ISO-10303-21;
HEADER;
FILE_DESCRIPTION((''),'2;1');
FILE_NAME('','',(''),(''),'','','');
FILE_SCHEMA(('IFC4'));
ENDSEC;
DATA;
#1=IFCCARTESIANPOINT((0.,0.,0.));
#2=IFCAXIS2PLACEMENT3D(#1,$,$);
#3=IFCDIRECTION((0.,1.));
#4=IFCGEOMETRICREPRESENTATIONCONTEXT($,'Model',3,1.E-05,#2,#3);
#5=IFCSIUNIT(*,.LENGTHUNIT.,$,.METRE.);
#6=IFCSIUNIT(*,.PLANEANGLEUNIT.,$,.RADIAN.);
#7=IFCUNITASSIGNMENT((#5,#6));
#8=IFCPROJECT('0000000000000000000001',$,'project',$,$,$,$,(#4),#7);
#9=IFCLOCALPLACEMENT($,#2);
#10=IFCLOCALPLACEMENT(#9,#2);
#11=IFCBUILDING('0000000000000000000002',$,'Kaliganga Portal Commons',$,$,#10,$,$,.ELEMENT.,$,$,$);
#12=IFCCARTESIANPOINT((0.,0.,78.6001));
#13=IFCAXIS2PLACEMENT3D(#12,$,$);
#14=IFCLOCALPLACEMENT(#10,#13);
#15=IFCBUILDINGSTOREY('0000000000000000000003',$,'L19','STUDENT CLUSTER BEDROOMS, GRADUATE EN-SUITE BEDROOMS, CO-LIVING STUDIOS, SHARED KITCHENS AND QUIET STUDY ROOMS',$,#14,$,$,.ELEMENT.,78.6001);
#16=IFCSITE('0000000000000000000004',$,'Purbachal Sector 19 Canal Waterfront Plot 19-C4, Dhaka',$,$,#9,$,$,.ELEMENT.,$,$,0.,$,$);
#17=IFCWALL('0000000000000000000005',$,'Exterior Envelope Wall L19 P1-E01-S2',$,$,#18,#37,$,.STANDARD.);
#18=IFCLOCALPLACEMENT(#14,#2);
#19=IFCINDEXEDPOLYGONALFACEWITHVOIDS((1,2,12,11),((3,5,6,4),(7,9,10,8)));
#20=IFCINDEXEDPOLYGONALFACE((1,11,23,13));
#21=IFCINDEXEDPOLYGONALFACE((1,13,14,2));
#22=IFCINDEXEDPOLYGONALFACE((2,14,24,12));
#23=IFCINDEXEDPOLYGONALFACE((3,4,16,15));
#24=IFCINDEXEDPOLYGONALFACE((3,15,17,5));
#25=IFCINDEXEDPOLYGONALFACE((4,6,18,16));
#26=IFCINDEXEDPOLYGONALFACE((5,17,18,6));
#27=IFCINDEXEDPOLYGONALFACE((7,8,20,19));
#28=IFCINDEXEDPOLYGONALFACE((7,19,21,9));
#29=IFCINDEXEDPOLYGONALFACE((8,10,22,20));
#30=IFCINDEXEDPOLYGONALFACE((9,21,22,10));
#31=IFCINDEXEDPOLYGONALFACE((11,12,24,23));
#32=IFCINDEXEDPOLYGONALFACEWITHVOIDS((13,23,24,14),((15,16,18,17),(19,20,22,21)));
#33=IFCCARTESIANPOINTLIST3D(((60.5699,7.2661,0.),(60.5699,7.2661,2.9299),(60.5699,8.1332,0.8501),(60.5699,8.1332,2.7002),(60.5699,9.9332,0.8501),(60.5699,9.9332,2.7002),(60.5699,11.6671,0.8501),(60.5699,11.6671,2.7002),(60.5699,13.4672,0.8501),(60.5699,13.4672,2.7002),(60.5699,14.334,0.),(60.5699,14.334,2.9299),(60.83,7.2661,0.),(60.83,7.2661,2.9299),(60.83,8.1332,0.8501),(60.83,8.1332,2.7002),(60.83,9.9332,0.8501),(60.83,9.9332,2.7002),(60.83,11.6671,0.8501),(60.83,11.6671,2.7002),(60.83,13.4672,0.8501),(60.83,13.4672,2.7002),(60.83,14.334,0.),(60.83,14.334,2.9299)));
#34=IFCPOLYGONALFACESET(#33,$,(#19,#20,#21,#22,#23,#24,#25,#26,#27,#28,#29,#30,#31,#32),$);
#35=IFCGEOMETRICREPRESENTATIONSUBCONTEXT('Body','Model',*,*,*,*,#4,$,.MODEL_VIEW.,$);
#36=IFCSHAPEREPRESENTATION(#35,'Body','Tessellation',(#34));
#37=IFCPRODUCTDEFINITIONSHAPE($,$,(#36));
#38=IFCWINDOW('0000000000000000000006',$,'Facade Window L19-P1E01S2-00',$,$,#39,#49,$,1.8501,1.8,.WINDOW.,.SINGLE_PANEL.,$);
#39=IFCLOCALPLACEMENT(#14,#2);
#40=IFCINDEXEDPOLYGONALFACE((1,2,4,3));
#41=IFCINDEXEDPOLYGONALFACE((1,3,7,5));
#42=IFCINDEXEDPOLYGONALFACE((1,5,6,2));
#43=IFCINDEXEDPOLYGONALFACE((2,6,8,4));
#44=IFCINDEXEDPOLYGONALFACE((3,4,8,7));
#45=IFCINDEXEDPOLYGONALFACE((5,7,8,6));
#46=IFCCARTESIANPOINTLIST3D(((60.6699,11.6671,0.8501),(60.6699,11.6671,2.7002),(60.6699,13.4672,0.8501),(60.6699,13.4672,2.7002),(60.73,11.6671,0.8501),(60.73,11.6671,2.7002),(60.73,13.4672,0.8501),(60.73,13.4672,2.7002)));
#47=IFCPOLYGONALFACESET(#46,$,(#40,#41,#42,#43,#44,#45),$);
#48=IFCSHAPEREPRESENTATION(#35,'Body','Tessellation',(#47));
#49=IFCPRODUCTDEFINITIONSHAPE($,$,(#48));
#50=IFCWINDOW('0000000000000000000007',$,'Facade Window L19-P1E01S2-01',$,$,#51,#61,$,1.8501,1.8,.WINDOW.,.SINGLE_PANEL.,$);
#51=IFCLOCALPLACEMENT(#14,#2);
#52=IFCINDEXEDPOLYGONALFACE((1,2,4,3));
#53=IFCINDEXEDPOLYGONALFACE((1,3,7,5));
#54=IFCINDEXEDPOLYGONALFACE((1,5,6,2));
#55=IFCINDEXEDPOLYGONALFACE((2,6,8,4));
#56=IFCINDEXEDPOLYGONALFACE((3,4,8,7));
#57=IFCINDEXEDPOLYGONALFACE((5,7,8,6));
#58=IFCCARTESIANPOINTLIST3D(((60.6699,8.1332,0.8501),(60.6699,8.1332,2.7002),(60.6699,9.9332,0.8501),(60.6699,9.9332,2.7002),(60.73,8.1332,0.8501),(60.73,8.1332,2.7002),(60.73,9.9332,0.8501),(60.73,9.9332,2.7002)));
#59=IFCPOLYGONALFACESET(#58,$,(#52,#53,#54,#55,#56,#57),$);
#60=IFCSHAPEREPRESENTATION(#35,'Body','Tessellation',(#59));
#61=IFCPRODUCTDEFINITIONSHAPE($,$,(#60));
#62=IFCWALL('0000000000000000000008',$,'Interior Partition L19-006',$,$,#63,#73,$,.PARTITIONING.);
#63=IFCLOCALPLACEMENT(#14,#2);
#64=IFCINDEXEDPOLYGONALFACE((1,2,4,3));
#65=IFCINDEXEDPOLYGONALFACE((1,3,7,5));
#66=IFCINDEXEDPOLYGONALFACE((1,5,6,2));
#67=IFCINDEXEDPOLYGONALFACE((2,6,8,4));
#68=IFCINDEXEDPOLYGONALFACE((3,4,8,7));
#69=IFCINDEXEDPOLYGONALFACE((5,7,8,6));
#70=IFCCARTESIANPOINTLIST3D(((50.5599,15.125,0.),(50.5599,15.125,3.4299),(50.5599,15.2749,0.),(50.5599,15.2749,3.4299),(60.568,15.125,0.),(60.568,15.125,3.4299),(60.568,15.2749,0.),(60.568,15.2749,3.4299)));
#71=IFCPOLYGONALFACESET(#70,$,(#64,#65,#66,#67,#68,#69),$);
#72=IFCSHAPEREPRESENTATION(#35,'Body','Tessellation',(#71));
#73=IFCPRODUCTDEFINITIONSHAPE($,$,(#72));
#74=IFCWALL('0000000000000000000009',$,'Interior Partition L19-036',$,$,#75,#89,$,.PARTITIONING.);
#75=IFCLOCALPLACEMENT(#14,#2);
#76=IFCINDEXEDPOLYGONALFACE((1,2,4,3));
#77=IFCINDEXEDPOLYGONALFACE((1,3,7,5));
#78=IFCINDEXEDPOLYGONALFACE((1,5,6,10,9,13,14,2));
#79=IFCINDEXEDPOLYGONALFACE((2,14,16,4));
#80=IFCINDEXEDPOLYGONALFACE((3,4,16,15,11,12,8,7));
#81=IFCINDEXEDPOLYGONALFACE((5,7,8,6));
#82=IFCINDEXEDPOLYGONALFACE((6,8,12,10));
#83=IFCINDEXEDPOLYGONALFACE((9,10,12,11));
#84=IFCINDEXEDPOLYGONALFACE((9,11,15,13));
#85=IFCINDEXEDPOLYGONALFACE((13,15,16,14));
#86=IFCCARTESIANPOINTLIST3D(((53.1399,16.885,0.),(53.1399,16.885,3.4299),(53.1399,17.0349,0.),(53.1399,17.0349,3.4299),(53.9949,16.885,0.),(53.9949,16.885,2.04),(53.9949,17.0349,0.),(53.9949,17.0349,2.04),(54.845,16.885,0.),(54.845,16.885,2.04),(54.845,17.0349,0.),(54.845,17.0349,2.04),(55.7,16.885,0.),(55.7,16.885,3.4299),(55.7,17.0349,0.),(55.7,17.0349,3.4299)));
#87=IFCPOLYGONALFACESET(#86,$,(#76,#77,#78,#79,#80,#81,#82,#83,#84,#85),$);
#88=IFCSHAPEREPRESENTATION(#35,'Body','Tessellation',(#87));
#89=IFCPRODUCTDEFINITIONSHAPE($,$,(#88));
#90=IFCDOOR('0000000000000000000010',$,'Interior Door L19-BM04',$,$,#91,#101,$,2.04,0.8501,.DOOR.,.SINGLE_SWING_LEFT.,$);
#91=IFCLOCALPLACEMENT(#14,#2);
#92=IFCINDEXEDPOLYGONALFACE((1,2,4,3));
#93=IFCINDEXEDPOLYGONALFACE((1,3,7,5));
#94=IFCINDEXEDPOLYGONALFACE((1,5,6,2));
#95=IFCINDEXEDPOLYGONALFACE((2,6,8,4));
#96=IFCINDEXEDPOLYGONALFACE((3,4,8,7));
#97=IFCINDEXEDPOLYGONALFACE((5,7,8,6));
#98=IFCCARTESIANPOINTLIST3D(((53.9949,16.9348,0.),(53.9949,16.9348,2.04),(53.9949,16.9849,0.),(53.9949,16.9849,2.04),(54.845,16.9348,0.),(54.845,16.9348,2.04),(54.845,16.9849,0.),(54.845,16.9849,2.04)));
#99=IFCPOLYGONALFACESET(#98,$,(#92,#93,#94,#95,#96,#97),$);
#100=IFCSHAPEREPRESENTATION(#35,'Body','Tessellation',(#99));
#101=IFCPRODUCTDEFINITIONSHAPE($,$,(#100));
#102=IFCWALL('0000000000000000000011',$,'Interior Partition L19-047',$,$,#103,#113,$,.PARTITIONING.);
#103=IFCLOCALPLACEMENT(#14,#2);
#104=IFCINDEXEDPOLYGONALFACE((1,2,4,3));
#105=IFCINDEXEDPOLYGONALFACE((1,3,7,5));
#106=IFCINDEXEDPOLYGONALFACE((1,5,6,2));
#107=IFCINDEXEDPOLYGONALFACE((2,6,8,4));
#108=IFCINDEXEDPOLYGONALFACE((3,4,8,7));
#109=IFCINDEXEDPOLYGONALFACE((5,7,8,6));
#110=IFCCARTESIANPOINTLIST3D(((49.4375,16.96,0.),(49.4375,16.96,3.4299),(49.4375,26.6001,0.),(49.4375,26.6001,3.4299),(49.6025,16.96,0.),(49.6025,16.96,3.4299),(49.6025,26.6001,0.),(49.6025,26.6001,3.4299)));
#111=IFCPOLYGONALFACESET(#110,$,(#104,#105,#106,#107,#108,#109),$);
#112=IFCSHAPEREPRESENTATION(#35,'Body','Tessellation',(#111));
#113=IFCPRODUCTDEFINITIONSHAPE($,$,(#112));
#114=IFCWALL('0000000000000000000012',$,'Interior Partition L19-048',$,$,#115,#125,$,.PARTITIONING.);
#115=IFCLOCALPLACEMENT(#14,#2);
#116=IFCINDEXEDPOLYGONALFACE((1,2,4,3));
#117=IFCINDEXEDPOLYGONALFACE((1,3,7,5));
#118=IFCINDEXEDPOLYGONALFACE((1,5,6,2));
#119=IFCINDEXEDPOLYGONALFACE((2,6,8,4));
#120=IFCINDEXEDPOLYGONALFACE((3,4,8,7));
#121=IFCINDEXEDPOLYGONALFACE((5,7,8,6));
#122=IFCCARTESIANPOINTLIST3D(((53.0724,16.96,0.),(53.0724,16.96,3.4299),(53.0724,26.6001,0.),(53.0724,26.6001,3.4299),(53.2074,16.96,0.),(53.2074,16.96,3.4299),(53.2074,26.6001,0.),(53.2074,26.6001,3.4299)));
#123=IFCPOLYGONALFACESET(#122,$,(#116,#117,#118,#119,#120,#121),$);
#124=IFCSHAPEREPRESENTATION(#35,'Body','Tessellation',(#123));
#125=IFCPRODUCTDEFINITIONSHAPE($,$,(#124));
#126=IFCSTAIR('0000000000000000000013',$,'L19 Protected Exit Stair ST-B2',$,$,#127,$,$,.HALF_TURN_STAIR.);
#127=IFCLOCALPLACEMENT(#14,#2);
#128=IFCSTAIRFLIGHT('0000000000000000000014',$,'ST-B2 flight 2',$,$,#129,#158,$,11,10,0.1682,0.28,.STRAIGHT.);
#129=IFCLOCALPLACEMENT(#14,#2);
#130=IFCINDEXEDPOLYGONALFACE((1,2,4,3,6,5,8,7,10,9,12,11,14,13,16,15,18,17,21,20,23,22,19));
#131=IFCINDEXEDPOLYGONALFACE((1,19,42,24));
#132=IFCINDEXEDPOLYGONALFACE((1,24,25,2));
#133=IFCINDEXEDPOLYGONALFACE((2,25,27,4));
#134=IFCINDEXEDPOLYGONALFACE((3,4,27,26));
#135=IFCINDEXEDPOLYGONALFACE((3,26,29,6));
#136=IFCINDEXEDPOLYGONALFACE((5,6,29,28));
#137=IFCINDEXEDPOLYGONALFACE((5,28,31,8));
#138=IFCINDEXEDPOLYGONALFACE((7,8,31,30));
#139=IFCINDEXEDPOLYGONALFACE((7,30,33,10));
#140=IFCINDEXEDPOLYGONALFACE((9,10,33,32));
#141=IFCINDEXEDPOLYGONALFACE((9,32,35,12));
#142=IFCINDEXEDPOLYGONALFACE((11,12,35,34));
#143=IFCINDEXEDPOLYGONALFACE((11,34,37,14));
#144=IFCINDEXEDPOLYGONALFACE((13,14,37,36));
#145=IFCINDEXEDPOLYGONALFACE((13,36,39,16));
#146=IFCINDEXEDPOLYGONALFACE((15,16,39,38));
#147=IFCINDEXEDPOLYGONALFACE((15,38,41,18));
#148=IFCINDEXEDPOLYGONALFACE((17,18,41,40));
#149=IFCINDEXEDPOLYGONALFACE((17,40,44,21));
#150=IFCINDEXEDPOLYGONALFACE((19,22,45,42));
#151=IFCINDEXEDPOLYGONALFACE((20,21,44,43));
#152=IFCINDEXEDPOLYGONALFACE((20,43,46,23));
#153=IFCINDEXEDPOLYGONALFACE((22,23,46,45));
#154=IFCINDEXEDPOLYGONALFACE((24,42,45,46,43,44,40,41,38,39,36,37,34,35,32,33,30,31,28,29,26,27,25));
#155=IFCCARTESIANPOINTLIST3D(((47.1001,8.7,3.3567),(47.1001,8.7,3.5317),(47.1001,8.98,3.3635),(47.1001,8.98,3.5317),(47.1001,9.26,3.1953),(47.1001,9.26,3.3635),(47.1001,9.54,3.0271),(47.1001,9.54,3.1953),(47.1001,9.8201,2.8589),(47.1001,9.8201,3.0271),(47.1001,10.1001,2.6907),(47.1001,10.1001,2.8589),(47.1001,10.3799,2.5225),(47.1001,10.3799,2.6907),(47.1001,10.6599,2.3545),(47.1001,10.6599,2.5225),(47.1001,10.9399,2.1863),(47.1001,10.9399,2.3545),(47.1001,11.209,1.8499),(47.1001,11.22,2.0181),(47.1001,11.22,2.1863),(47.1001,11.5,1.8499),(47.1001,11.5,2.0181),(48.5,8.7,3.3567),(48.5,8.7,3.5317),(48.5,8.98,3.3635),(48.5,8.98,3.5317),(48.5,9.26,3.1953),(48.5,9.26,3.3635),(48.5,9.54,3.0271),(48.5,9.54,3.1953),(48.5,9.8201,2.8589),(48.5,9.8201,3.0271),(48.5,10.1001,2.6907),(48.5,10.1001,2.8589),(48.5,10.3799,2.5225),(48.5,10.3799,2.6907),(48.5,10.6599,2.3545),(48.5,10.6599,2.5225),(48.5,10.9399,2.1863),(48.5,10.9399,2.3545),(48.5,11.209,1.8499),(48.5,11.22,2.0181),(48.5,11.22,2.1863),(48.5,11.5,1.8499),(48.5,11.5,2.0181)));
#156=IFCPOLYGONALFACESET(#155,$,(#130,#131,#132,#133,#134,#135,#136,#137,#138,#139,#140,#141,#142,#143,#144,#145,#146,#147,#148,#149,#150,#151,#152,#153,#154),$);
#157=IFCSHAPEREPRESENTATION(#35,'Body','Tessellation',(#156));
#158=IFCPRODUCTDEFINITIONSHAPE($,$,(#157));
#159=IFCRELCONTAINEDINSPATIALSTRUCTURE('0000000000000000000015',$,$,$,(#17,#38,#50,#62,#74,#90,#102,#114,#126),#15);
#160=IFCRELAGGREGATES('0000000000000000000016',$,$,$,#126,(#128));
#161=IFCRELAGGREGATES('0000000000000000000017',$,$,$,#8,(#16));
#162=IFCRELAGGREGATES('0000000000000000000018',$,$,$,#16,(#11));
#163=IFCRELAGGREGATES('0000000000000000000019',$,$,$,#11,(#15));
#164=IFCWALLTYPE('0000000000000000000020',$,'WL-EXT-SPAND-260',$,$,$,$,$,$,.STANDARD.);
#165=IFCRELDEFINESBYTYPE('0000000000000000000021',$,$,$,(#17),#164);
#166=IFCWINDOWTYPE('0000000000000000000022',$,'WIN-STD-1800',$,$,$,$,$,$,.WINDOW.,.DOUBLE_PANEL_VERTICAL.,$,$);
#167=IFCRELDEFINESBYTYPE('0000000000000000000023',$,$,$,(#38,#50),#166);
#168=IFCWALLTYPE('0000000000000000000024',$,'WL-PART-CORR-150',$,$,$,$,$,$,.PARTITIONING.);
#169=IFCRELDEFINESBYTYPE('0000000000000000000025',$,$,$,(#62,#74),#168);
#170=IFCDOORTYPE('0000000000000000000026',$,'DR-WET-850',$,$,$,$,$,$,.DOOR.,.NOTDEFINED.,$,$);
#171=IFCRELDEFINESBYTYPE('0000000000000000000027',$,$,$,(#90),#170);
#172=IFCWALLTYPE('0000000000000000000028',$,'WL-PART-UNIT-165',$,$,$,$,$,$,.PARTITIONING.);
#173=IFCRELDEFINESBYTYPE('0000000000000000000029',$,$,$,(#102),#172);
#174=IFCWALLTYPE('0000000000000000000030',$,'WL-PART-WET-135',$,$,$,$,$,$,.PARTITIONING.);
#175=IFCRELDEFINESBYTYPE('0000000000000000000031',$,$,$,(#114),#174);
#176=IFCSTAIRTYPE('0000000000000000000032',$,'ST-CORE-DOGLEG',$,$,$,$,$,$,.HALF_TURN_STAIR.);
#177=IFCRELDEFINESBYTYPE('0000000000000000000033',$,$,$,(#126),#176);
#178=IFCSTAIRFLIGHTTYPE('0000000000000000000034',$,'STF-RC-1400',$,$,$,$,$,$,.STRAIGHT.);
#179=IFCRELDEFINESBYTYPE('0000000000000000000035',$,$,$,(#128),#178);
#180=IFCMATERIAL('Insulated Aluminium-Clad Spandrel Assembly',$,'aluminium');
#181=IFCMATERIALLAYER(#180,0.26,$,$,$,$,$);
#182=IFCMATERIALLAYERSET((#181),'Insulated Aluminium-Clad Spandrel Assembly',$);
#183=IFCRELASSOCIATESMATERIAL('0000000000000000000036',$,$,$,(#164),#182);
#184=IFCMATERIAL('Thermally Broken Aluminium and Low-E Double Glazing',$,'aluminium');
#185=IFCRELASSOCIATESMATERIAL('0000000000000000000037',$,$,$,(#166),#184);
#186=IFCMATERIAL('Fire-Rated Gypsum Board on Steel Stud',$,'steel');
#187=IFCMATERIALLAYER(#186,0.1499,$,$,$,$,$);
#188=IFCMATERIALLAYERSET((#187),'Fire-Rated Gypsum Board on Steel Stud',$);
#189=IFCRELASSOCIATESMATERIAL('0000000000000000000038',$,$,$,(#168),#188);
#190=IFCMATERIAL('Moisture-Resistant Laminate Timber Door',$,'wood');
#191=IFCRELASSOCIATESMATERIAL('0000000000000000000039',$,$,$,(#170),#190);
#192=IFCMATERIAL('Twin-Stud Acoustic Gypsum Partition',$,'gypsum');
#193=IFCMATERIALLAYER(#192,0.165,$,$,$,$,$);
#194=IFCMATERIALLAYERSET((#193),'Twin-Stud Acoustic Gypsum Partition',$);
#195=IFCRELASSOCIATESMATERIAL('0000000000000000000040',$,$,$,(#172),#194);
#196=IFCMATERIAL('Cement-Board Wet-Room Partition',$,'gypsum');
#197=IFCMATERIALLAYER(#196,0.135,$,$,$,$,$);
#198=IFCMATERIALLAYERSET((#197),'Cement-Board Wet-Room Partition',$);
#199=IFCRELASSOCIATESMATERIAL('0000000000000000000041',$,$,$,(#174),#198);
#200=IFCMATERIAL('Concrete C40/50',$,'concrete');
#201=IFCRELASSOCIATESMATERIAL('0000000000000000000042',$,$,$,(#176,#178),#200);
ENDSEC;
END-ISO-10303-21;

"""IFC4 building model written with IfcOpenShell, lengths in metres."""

from ifc_helpers import new_model, si_unit, direction, frame, frame_2d, origin, place, context, subcontext, project, spatial, polyline, rectangle, outline, extrude, material, layer, layer_set, type_object, element, fill, aggregate, save


model = new_model("IFC4")

# Units and contexts
model_context = context("Model", 3, precision=1e-05, world=origin(), true_north=direction((0.0, 1.0)))
body_context = subcontext(model_context, "Body", "Model", "MODEL_VIEW")
ifc_project = project(units=[si_unit("LENGTHUNIT", "METRE"), si_unit("PLANEANGLEUNIT", "RADIAN")], contexts=[model_context])

# Site, building, storey
site_placement = place(None, origin())
site = spatial("IfcSite", under=ifc_project, at=site_placement, Name="Purbachal Sector 19 Canal Waterfront Plot 19-C4, Dhaka", CompositionType="ELEMENT", RefElevation=0.0)
building_placement = place(site_placement, origin())
building = spatial("IfcBuilding", under=site, at=building_placement, Name="Kaliganga Portal Commons", CompositionType="ELEMENT")
storey_placement = place(building_placement, frame((0.0, 0.0, 78.6001)))
storey = spatial("IfcBuildingStorey", under=building, at=storey_placement, Name="L19", Description="STUDENT CLUSTER BEDROOMS, GRADUATE EN-SUITE BEDROOMS, CO-LIVING STUDIOS, SHARED KITCHENS AND QUIET STUDY ROOMS", CompositionType="ELEMENT", Elevation=78.6001)

# Wall, openings, windows
ifc_material_1 = material(Name="Insulated Aluminium-Clad Spandrel Assembly", Category="aluminium")
ifc_layer_1 = layer(ifc_material_1, 0.26)
ifc_layer_set_1 = layer_set([ifc_layer_1], Name="Insulated Aluminium-Clad Spandrel Assembly")
wall_type_1 = type_object("IfcWallType", Name="WL-EXT-SPAND-260", PredefinedType="STANDARD", material=ifc_layer_set_1)
wall_1_placement = place(storey_placement, frame((60.7, 14.334, 0.0), z_axis=(0.0, 0.0, 1.0), x_axis=(0.0, -1.0, 0.0)))
wall_1 = element("IfcWall", 1, at=wall_1_placement, inside=storey, type_object=wall_type_1, Name="Exterior Envelope Wall L19 P1-E01-S2", PredefinedType="STANDARD", context=body_context, shape_type="SweptSolid", body=[
    extrude(rectangle(XDim=7.0679, YDim=0.26, at=frame_2d((3.5339, 0.0))), origin(), (0.0, 0.0, 1.0), 2.9299),
])
opening_1_placement = place(wall_1_placement, frame((0.8669, 0.0, 0.8501)))
opening_1 = element("IfcOpeningElement", 2, at=opening_1_placement, cuts=wall_1, PredefinedType="OPENING", context=body_context, shape_type="SweptSolid", body=[
    extrude(rectangle(XDim=1.8, YDim=1.8501, at=frame_2d((0.8999, 0.925))), frame((0.0, 0.1401, 0.0), z_axis=(0.0, -1.0, 0.0), x_axis=(1.0, 0.0, 0.0)), (0.0, 0.0, 1.0), 0.28),
])
opening_2_placement = place(wall_1_placement, frame((4.4009, 0.0, 0.8501)))
opening_2 = element("IfcOpeningElement", 3, at=opening_2_placement, cuts=wall_1, PredefinedType="OPENING", context=body_context, shape_type="SweptSolid", body=[
    extrude(rectangle(XDim=1.8, YDim=1.8501, at=frame_2d((0.8999, 0.925))), frame((0.0, 0.1401, 0.0), z_axis=(0.0, -1.0, 0.0), x_axis=(1.0, 0.0, 0.0)), (0.0, 0.0, 1.0), 0.28),
])
ifc_material_2 = material(Name="Thermally Broken Aluminium and Low-E Double Glazing", Category="aluminium")
window_type = type_object("IfcWindowType", Name="WIN-STD-1800", PartitioningType="DOUBLE_PANEL_VERTICAL", PredefinedType="WINDOW", material=ifc_material_2)
window_1_placement = place(opening_1_placement, origin())
window_1 = element("IfcWindow", 4, at=window_1_placement, inside=storey, type_object=window_type, Name="Facade Window L19-P1E01S2-00", OverallHeight=1.8501, OverallWidth=1.8, PartitioningType="SINGLE_PANEL", PredefinedType="WINDOW", context=body_context, shape_type="SweptSolid", body=[
    extrude(rectangle(XDim=1.8, YDim=1.8501, at=frame_2d((0.8999, 0.925))), frame((0.0, 0.03, 0.0), z_axis=(0.0, -1.0, 0.0), x_axis=(1.0, 0.0, 0.0)), (0.0, 0.0, 1.0), 0.0601),
])
fill(opening_1, window_1)
window_2_placement = place(opening_2_placement, origin())
window_2 = element("IfcWindow", 5, at=window_2_placement, inside=storey, type_object=window_type, Name="Facade Window L19-P1E01S2-01", OverallHeight=1.8501, OverallWidth=1.8, PartitioningType="SINGLE_PANEL", PredefinedType="WINDOW", context=body_context, shape_type="SweptSolid", body=[
    extrude(rectangle(XDim=1.8, YDim=1.8501, at=frame_2d((0.8999, 0.925))), frame((0.0, 0.03, 0.0), z_axis=(0.0, -1.0, 0.0), x_axis=(1.0, 0.0, 0.0)), (0.0, 0.0, 1.0), 0.0601),
])
fill(opening_2, window_2)

# Wall
ifc_material_3 = material(Name="Fire-Rated Gypsum Board on Steel Stud", Category="steel")
ifc_layer_2 = layer(ifc_material_3, 0.1499)
ifc_layer_set_2 = layer_set([ifc_layer_2], Name="Fire-Rated Gypsum Board on Steel Stud")
wall_type_2 = type_object("IfcWallType", Name="WL-PART-CORR-150", PredefinedType="PARTITIONING", material=ifc_layer_set_2)
wall_2_placement = place(storey_placement, frame((50.5601, 15.2, 0.0), z_axis=(0.0, 0.0, 1.0), x_axis=(1.0, 0.0, 0.0)))
element("IfcWall", 6, at=wall_2_placement, inside=storey, type_object=wall_type_2, Name="Interior Partition L19-006", PredefinedType="PARTITIONING", context=body_context, shape_type="SweptSolid", body=[
    extrude(rectangle(XDim=10.0081, YDim=0.1499, at=frame_2d((5.0039, 0.0))), origin(), (0.0, 0.0, 1.0), 3.4299),
])

# Wall, opening, door
wall_3_placement = place(storey_placement, frame((53.1399, 16.96, 0.0), z_axis=(0.0, 0.0, 1.0), x_axis=(1.0, 0.0, 0.0)))
wall_3 = element("IfcWall", 7, at=wall_3_placement, inside=storey, type_object=wall_type_2, Name="Interior Partition L19-036", PredefinedType="PARTITIONING", context=body_context, shape_type="SweptSolid", body=[
    extrude(rectangle(XDim=2.5601, YDim=0.1499, at=frame_2d((1.28, 0.0))), origin(), (0.0, 0.0, 1.0), 3.4299),
])
opening_3_placement = place(wall_3_placement, frame((0.855, 0.0, 0.0)))
opening_3 = element("IfcOpeningElement", 8, at=opening_3_placement, cuts=wall_3, PredefinedType="OPENING", context=body_context, shape_type="SweptSolid", body=[
    extrude(rectangle(XDim=0.8501, YDim=2.04, at=frame_2d((0.425, 1.02))), frame((0.0, 0.085, 0.0), z_axis=(0.0, -1.0, 0.0), x_axis=(1.0, 0.0, 0.0)), (0.0, 0.0, 1.0), 0.1699),
])
ifc_material_4 = material(Name="Moisture-Resistant Laminate Timber Door", Category="wood")
door_type_1 = type_object("IfcDoorType", Name="DR-WET-850", OperationType="NOTDEFINED", PredefinedType="DOOR", material=ifc_material_4)
door_1_placement = place(opening_3_placement, origin())
door_1 = element("IfcDoor", 9, at=door_1_placement, inside=storey, type_object=door_type_1, Name="Interior Door L19-BM04", OperationType="SINGLE_SWING_LEFT", OverallHeight=2.04, OverallWidth=0.8501, PredefinedType="DOOR", context=body_context, shape_type="SweptSolid", body=[
    extrude(rectangle(XDim=0.8501, YDim=2.04, at=frame_2d((0.425, 1.02))), frame((0.0, 0.0249, 0.0), z_axis=(0.0, -1.0, 0.0), x_axis=(1.0, 0.0, 0.0)), (0.0, 0.0, 1.0), 0.05),
])
fill(opening_3, door_1)

# Walls
ifc_material_5 = material(Name="Twin-Stud Acoustic Gypsum Partition", Category="gypsum")
ifc_layer_3 = layer(ifc_material_5, 0.165)
ifc_layer_set_3 = layer_set([ifc_layer_3], Name="Twin-Stud Acoustic Gypsum Partition")
wall_type_3 = type_object("IfcWallType", Name="WL-PART-UNIT-165", PredefinedType="PARTITIONING", material=ifc_layer_set_3)
wall_4_placement = place(storey_placement, frame((49.52, 16.96, 0.0), z_axis=(0.0, 0.0, 1.0), x_axis=(0.0, 1.0, 0.0)))
element("IfcWall", 10, at=wall_4_placement, inside=storey, type_object=wall_type_3, Name="Interior Partition L19-047", PredefinedType="PARTITIONING", context=body_context, shape_type="SweptSolid", body=[
    extrude(rectangle(XDim=9.6401, YDim=0.165, at=frame_2d((4.8201, 0.0))), origin(), (0.0, 0.0, 1.0), 3.4299),
])
ifc_material_6 = material(Name="Cement-Board Wet-Room Partition", Category="gypsum")
ifc_layer_4 = layer(ifc_material_6, 0.135)
ifc_layer_set_4 = layer_set([ifc_layer_4], Name="Cement-Board Wet-Room Partition")
wall_type_4 = type_object("IfcWallType", Name="WL-PART-WET-135", PredefinedType="PARTITIONING", material=ifc_layer_set_4)
wall_5_placement = place(storey_placement, frame((53.1399, 16.96, 0.0), z_axis=(0.0, 0.0, 1.0), x_axis=(0.0, 1.0, 0.0)))
element("IfcWall", 11, at=wall_5_placement, inside=storey, type_object=wall_type_4, Name="Interior Partition L19-048", PredefinedType="PARTITIONING", context=body_context, shape_type="SweptSolid", body=[
    extrude(rectangle(XDim=9.6401, YDim=0.135, at=frame_2d((4.8201, 0.0))), origin(), (0.0, 0.0, 1.0), 3.4299),
])

# Stair, stair flight
ifc_material_7 = material(Name="Concrete C40/50", Category="concrete")
stair_type = type_object("IfcStairType", Name="ST-CORE-DOGLEG", PredefinedType="HALF_TURN_STAIR", material=ifc_material_7)
stair_placement = place(storey_placement, origin())
stair = element("IfcStair", 12, at=stair_placement, inside=storey, type_object=stair_type, Name="L19 Protected Exit Stair ST-B2", PredefinedType="HALF_TURN_STAIR")
stair_flight_type = type_object("IfcStairFlightType", Name="STF-RC-1400", PredefinedType="STRAIGHT", material=ifc_material_7)
stair_flight_placement = place(storey_placement, frame((47.8, 11.5, 1.8499), z_axis=(0.0, 0.0, 1.0), x_axis=(0.0, -1.0, 0.0)))
stair_flight = element("IfcStairFlight", 13, at=stair_flight_placement, type_object=stair_flight_type, Name="ST-B2 flight 2", NumberOfRisers=11, NumberOfTreads=10, PredefinedType="STRAIGHT", RiserHeight=0.1682, TreadLength=0.28, context=body_context, shape_type="SweptSolid", body=[
    extrude(outline(polyline([(0.0, 0.0), (0.0, 0.1682), (0.28, 0.1682), (0.28, 0.3364), (0.5601, 0.3364), (0.5601, 0.5046), (0.8401, 0.5046), (0.8401, 0.6726), (1.1201, 0.6726), (1.1201, 0.8408), (1.3999, 0.8408), (1.3999, 1.009), (1.6799, 1.009), (1.6799, 1.1772), (1.96, 1.1772), (1.96, 1.3455), (2.24, 1.3455), (2.24, 1.5137), (2.52, 1.5137), (2.52, 1.6819), (2.8, 1.6819), (2.8, 1.8501), (2.8, 1.5068), (0.291, 0.0), (0.0, 0.0)])), frame((0.0, 0.7, 0.0), z_axis=(0.0, -1.0, 0.0), x_axis=(1.0, 0.0, 0.0)), (0.0, 0.0, 1.0), 1.3999),
])
aggregate(stair, [stair_flight])

save(model, "model.ifc")
